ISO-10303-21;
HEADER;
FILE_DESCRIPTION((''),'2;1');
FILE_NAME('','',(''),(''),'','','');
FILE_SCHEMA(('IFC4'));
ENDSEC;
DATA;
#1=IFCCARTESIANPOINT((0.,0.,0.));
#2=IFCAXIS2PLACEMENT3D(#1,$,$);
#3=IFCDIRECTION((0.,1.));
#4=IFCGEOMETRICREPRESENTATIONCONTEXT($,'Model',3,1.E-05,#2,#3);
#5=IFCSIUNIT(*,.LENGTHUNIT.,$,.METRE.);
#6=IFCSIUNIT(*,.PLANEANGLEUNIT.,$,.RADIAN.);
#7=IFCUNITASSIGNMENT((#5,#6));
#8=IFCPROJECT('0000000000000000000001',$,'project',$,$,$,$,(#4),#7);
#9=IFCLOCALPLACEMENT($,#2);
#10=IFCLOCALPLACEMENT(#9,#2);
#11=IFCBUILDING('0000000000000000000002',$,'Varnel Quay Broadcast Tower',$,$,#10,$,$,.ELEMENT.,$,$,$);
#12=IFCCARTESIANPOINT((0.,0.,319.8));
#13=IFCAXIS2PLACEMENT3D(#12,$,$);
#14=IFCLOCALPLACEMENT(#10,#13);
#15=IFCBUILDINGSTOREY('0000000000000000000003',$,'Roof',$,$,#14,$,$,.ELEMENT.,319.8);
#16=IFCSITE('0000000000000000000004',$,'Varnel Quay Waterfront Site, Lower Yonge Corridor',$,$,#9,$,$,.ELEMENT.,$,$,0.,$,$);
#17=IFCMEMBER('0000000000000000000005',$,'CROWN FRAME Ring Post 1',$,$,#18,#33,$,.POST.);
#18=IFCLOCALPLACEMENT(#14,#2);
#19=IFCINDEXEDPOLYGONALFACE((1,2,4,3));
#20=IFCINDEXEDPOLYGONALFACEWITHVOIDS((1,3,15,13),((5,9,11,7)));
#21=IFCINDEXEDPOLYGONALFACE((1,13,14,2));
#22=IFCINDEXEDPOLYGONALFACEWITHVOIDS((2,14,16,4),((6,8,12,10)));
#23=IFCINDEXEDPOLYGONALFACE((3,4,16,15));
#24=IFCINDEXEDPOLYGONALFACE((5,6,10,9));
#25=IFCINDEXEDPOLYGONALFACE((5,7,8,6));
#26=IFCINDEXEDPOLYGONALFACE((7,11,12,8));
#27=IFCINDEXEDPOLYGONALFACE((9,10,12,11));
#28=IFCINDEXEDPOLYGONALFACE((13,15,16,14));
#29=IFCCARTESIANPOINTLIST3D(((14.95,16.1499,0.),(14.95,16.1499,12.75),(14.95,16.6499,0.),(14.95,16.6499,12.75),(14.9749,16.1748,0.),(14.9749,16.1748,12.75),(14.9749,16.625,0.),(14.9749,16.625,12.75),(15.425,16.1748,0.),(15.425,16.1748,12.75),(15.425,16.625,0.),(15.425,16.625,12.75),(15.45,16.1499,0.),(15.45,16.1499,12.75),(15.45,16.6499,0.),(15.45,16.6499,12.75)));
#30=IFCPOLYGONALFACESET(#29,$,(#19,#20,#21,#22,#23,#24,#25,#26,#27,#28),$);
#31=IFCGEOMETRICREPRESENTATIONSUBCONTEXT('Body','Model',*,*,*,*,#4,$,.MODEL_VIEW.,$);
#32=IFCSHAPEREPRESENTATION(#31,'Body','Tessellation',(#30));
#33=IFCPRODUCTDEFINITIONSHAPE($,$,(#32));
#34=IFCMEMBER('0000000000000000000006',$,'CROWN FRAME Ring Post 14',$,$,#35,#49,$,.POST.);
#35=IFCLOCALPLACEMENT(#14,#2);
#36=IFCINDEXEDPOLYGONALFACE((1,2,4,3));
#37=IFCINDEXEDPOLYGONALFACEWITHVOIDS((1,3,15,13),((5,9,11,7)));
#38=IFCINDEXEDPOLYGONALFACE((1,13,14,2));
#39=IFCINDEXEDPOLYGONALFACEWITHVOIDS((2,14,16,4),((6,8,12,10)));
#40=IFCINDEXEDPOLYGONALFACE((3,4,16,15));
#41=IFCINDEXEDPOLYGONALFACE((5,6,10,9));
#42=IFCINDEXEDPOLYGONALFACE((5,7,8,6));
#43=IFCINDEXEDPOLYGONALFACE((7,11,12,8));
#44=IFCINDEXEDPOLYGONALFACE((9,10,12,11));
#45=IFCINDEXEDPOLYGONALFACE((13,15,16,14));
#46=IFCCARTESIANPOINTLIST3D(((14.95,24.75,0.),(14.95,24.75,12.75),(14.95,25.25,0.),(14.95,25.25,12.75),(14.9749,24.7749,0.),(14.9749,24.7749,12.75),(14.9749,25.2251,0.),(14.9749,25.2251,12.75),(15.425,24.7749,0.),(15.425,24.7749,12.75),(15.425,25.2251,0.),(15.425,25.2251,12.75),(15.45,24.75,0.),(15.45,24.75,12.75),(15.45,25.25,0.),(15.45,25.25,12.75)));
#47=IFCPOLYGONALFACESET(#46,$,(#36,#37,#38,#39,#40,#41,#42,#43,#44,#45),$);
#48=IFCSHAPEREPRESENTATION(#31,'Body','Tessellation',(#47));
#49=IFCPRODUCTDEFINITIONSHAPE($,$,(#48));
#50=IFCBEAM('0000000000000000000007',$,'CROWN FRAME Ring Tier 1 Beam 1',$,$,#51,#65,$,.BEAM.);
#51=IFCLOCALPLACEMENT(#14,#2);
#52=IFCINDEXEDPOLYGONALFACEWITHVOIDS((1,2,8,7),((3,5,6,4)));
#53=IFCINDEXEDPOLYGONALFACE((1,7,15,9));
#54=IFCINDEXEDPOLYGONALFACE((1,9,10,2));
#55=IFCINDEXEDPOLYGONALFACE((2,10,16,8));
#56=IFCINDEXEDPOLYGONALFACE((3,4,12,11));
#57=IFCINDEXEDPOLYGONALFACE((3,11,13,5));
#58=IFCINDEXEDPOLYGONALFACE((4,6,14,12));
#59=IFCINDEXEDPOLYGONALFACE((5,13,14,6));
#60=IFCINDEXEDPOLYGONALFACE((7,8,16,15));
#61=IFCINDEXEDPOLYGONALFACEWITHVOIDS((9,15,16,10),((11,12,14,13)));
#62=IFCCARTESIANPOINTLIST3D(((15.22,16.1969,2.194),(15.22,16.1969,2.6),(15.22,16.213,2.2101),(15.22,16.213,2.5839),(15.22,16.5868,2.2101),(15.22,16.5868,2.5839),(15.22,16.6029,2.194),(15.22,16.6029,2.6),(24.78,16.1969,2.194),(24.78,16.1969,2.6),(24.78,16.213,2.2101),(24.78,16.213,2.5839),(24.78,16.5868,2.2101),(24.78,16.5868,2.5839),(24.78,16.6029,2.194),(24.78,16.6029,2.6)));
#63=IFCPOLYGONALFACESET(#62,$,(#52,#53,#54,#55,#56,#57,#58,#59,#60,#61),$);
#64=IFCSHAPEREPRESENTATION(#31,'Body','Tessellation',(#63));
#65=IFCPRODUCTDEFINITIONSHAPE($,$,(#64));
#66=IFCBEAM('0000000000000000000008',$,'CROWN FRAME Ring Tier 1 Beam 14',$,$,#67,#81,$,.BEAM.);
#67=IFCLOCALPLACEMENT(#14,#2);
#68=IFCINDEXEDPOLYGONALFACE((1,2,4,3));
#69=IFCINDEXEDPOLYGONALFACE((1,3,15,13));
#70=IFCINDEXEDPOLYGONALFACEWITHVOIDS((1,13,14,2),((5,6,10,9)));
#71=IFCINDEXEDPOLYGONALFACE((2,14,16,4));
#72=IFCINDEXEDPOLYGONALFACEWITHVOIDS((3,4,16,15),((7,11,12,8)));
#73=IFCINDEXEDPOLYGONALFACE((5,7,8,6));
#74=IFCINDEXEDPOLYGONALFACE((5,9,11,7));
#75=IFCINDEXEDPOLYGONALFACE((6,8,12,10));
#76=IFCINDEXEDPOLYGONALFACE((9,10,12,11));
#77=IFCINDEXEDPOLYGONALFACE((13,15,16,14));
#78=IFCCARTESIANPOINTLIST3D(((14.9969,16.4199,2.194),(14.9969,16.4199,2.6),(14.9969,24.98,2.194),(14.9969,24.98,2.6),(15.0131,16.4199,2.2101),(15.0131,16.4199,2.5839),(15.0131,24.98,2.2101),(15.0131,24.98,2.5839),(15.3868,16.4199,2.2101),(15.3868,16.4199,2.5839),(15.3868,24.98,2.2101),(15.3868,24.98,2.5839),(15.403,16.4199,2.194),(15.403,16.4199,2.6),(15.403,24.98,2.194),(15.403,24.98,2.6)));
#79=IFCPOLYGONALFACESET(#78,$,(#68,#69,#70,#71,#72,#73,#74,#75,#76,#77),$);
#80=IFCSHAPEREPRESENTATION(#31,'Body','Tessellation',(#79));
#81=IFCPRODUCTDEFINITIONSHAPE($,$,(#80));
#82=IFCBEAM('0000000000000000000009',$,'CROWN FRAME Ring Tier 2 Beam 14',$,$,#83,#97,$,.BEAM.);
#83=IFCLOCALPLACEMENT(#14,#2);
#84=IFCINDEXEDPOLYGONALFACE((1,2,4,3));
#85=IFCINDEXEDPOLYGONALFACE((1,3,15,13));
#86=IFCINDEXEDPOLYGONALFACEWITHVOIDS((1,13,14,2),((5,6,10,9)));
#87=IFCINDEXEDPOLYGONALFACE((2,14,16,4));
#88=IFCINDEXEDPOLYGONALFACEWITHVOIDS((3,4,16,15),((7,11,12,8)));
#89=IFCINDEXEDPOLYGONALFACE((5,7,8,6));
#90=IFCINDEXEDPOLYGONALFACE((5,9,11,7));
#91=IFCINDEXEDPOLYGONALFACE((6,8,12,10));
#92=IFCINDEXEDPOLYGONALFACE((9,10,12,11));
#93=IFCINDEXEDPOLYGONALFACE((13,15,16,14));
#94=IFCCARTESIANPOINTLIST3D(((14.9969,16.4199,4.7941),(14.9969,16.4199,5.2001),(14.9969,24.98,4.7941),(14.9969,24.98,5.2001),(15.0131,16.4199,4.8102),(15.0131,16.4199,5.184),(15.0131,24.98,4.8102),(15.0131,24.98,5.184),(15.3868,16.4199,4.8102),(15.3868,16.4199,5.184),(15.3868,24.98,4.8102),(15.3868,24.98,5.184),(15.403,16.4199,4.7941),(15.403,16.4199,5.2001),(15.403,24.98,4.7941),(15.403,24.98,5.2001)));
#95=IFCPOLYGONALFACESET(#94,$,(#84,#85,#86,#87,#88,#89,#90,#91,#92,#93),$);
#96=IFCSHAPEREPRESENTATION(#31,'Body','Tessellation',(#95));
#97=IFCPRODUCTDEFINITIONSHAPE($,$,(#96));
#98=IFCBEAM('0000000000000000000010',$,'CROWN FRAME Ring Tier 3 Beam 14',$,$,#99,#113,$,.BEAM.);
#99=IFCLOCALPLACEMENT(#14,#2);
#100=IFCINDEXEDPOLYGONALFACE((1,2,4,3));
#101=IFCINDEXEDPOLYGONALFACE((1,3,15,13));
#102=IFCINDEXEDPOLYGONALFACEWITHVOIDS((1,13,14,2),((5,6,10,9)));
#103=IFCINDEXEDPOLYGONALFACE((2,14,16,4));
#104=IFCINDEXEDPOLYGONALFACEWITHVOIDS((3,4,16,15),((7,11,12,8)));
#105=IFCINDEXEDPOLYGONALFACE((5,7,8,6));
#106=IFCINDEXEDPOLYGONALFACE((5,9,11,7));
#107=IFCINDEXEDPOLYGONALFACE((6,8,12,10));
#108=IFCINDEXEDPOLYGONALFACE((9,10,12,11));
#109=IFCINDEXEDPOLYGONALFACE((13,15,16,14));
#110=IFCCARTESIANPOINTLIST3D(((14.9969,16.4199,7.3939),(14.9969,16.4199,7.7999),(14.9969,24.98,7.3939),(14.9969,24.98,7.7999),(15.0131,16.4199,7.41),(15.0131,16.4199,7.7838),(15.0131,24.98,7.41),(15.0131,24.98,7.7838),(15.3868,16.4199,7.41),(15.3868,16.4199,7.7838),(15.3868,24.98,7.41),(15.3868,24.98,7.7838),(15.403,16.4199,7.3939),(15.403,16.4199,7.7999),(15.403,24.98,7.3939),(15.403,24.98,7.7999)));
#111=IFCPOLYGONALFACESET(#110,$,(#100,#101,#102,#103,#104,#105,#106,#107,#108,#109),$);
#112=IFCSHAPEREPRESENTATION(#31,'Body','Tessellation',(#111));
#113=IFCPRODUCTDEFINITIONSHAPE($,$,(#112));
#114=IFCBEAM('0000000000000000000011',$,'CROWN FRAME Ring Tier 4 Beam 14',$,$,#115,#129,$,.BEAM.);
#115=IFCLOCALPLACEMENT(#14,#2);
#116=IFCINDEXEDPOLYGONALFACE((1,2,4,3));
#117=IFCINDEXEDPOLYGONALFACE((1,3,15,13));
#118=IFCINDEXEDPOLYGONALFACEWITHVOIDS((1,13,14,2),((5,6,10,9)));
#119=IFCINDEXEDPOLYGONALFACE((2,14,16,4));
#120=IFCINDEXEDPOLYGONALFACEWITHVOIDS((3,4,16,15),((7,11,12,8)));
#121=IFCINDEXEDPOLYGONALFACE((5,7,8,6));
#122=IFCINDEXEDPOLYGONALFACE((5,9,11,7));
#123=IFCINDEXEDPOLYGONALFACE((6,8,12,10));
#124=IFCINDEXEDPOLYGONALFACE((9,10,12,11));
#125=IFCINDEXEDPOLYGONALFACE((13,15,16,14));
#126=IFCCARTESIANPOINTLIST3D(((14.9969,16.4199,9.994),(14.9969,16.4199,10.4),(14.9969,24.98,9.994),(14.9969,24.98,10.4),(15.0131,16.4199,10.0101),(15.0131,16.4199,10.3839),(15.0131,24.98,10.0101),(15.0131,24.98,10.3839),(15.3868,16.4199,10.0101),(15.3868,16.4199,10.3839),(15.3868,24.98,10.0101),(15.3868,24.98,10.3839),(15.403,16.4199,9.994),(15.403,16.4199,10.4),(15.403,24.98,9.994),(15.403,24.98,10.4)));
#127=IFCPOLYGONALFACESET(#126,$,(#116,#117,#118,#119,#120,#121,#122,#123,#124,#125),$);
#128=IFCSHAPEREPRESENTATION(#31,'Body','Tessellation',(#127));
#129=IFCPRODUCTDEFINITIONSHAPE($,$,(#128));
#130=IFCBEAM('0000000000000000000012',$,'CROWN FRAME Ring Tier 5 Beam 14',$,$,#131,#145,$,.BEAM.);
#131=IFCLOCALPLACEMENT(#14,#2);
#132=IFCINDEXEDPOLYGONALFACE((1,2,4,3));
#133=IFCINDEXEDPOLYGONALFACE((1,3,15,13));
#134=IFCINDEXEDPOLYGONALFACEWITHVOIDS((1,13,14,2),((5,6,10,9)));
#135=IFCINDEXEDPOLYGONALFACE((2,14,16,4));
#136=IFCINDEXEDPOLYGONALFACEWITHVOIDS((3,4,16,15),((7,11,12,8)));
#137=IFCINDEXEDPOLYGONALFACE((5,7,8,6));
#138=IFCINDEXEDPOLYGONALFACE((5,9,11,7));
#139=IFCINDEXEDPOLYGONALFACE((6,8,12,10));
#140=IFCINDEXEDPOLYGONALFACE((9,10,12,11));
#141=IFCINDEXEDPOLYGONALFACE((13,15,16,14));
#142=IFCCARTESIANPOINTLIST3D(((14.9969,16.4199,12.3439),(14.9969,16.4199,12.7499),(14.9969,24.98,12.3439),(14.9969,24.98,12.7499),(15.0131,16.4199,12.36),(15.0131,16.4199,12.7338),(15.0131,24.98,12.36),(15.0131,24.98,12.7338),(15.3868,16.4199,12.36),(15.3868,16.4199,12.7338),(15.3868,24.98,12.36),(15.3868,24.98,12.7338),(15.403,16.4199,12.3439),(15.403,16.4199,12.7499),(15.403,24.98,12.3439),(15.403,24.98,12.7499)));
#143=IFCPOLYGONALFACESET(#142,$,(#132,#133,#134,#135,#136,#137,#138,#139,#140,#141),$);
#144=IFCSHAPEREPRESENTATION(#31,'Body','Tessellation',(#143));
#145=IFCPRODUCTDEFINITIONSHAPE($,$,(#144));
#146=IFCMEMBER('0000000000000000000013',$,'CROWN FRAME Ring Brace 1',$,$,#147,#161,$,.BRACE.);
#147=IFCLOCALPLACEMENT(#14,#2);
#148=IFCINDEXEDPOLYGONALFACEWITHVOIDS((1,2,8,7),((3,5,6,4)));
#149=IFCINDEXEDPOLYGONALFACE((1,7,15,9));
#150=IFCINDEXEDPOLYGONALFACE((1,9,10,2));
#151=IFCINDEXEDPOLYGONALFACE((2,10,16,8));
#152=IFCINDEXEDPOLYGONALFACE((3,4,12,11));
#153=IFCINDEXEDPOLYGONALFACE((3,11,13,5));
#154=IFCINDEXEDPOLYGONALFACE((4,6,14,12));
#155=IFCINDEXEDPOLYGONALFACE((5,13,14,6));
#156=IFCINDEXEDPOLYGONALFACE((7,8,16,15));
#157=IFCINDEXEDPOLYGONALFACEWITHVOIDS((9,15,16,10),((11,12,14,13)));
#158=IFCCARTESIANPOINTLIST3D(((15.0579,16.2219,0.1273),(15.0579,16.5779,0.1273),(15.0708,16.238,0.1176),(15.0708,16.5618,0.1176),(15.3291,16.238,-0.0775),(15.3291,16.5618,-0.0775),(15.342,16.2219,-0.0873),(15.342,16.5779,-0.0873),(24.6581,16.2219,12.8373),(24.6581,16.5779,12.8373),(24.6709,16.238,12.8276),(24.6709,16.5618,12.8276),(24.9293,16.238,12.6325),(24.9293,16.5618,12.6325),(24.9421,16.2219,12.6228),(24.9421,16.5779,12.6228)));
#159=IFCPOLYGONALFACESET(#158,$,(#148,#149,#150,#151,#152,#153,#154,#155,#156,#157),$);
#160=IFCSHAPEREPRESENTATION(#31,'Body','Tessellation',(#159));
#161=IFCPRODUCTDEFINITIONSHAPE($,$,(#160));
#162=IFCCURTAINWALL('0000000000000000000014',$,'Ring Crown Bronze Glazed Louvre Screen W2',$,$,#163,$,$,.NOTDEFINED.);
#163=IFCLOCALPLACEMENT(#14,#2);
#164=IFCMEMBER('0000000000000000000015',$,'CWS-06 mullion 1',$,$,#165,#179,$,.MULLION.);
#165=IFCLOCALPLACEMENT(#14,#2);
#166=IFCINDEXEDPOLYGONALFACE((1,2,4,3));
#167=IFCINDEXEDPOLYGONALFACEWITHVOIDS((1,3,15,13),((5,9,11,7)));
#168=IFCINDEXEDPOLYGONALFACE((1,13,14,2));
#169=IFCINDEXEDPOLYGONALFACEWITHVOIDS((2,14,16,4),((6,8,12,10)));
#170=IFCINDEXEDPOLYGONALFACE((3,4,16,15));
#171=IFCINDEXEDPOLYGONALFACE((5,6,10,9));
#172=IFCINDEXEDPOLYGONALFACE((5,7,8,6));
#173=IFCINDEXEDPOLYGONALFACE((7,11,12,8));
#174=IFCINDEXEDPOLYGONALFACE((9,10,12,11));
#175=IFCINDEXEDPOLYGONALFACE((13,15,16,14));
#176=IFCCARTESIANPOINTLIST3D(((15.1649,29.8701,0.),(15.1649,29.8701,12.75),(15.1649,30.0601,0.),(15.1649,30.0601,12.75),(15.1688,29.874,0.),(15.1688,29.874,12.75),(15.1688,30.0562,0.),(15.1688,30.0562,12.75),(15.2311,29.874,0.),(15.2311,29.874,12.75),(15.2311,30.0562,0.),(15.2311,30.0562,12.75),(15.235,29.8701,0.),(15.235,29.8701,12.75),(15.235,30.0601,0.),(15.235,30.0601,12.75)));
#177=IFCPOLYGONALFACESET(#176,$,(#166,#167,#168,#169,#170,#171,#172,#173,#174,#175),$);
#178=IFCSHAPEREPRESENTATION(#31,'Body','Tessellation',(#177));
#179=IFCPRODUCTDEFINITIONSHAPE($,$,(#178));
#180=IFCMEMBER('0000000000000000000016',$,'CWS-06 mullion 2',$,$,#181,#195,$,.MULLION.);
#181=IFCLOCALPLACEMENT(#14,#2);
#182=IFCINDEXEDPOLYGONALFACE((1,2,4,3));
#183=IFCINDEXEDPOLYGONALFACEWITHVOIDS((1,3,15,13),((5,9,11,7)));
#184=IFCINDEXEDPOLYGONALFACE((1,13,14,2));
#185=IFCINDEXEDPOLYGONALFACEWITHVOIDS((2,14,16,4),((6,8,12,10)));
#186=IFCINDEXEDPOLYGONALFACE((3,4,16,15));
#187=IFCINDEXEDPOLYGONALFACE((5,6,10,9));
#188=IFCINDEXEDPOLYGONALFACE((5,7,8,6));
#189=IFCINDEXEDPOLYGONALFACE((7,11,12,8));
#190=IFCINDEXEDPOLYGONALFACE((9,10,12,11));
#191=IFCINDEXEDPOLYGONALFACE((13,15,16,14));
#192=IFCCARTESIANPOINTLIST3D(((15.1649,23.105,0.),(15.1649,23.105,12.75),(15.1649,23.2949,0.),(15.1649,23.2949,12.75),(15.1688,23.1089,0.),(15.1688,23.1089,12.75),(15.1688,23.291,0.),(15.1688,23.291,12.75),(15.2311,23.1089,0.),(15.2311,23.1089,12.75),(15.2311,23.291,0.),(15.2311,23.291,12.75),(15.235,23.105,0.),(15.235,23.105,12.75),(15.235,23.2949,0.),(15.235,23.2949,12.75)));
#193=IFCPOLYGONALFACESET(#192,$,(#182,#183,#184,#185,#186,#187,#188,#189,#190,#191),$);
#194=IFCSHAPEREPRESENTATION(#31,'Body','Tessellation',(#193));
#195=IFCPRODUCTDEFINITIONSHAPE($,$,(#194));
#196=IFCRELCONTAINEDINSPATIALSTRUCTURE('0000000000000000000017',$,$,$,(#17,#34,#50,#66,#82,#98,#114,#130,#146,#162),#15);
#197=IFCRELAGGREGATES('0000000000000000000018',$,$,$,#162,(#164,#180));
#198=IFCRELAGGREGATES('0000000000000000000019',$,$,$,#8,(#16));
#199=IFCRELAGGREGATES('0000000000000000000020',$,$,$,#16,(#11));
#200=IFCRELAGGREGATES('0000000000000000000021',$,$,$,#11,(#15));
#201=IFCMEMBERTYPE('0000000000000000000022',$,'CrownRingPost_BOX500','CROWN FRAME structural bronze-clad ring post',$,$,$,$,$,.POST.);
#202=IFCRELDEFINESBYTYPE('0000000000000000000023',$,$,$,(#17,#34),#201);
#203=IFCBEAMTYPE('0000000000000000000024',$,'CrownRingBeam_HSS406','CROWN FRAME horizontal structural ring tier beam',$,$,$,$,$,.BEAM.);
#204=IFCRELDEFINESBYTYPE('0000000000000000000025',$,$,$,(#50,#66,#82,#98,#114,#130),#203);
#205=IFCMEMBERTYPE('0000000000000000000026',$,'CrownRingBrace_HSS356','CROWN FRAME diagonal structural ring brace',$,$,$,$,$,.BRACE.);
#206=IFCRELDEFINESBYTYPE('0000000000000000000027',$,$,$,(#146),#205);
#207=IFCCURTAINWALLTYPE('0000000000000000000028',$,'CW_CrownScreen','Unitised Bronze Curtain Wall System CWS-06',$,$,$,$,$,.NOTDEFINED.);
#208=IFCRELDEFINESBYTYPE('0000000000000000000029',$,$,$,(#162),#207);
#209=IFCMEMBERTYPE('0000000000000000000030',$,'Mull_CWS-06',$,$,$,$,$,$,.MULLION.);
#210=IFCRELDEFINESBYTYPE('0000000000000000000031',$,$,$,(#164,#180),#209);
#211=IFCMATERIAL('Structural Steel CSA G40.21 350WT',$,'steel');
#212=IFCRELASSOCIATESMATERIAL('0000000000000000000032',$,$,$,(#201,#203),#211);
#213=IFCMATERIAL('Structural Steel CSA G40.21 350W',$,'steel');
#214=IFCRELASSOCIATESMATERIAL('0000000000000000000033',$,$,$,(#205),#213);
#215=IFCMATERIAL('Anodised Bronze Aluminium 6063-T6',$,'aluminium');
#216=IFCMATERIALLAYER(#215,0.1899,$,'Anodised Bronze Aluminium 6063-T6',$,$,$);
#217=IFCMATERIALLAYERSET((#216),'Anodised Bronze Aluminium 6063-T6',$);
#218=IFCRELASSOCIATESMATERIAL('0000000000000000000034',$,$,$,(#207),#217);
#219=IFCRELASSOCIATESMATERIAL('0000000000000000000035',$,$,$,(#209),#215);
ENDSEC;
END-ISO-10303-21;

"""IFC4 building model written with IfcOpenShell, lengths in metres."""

from ifc_helpers import new_model, si_unit, direction, frame, origin, origin_2d, place, context, subcontext, project, spatial, hollow_rectangle, extrude, source, transform, mapped, material, layer, layer_set, material_profile, profile_set, type_object, type_shapes, element, aggregate, save


model = new_model("IFC4")

# Units and contexts
model_context = context("Model", 3, precision=1e-05, world=origin(), true_north=direction((0.0, 1.0)))
body_context = subcontext(model_context, "Body", "Model", "MODEL_VIEW")
ifc_project = project(units=[si_unit("LENGTHUNIT", "METRE"), si_unit("PLANEANGLEUNIT", "RADIAN")], contexts=[model_context])

# Site, building, storey
site_placement = place(None, origin())
site = spatial("IfcSite", under=ifc_project, at=site_placement, Name="Varnel Quay Waterfront Site, Lower Yonge Corridor", CompositionType="ELEMENT", RefElevation=0.0)
building_placement = place(site_placement, origin())
building = spatial("IfcBuilding", under=site, at=building_placement, Name="Varnel Quay Broadcast Tower", CompositionType="ELEMENT")
storey_placement = place(building_placement, frame((0.0, 0.0, 319.8)))
storey = spatial("IfcBuildingStorey", under=building, at=storey_placement, Name="Roof", CompositionType="ELEMENT", Elevation=319.8)

# Members
ifc_material_1 = material(Name="Structural Steel CSA G40.21 350WT", Category="steel")
ifc_material_profile_1 = material_profile(ifc_material_1, hollow_rectangle(XDim=0.5, YDim=0.5, WallThickness=0.0249, at=origin_2d()), Name="BOX500X500X25")
ifc_profile_set_1 = profile_set([ifc_material_profile_1], Name="Structural Steel CSA G40.21 350WT")
member_type_1 = type_object("IfcMemberType", Name="CrownRingPost_BOX500", Description="CROWN FRAME structural bronze-clad ring post", PredefinedType="POST", material=ifc_profile_set_1)
shared_shape_1 = source(origin(), body_context, "Body", "SweptSolid", [
    extrude(hollow_rectangle(XDim=0.5, YDim=0.5, WallThickness=0.0249, at=origin_2d()), origin(), (0.0, 0.0, 1.0), 12.75),
])
type_shapes(member_type_1, [shared_shape_1])
for number, where, z_axis, x_axis, name in (
    (1, (15.2, 16.3999, 0.0), (0.0, 0.0, 1.0), (1.0, 0.0, 0.0), "CROWN FRAME Ring Post 1"),
    (2, (15.2, 25.0, 0.0), (0.0, 0.0, 1.0), (1.0, 0.0, 0.0), "CROWN FRAME Ring Post 14"),
):
    element("IfcMember", number, at=place(storey_placement, frame(where, z_axis=z_axis, x_axis=x_axis)), inside=storey, type_object=member_type_1, Name=name, PredefinedType="POST", context=body_context, shape_type="MappedRepresentation", body=[
        mapped(shared_shape_1, transform((0.0, 0.0, 0.0), x_axis=(1.0, 0.0, 0.0), y_axis=(0.0, 1.0, 0.0), z_axis=(0.0, 0.0, 1.0), scale=1.0)),
    ])

# Beams
ifc_material_profile_2 = material_profile(ifc_material_1, hollow_rectangle(XDim=0.406, YDim=0.406, WallThickness=0.0161, at=origin_2d()), Name="HSS406X406X16")
ifc_profile_set_2 = profile_set([ifc_material_profile_2], Name="Structural Steel CSA G40.21 350WT")
beam_type = type_object("IfcBeamType", Name="CrownRingBeam_HSS406", Description="CROWN FRAME horizontal structural ring tier beam", PredefinedType="BEAM", material=ifc_profile_set_2)
shared_shape_2 = source(origin(), body_context, "Body", "SweptSolid", [
    extrude(hollow_rectangle(XDim=0.406, YDim=0.406, WallThickness=0.0161, at=origin_2d()), origin(), (0.0, 0.0, 1.0), 9.5601),
])
beam_placement = place(storey_placement, frame((15.22, 16.3999, 2.397), z_axis=(1.0, 0.0, 0.0), x_axis=(0.0, 1.0, 0.0)))
element("IfcBeam", 3, at=beam_placement, inside=storey, type_object=beam_type, Name="CROWN FRAME Ring Tier 1 Beam 1", PredefinedType="BEAM", context=body_context, shape_type="MappedRepresentation", body=[
    mapped(shared_shape_2, transform((0.0, 0.0, 0.0), x_axis=(1.0, 0.0, 0.0), y_axis=(0.0, 1.0, 0.0), z_axis=(0.0, 0.0, 1.0), scale=1.0)),
])
shared_shape_3 = source(origin(), body_context, "Body", "SweptSolid", [
    extrude(hollow_rectangle(XDim=0.406, YDim=0.406, WallThickness=0.0161, at=origin_2d()), origin(), (0.0, 0.0, 1.0), 8.5601),
])
type_shapes(beam_type, [shared_shape_2, shared_shape_3])
for number, where, z_axis, x_axis, name in (
    (4, (15.2, 24.98, 2.397), (0.0, -1.0, 0.0), (1.0, 0.0, 0.0), "CROWN FRAME Ring Tier 1 Beam 14"),
    (5, (15.2, 24.98, 4.9971), (0.0, -1.0, 0.0), (1.0, 0.0, 0.0), "CROWN FRAME Ring Tier 2 Beam 14"),
    (6, (15.2, 24.98, 7.5969), (0.0, -1.0, 0.0), (1.0, 0.0, 0.0), "CROWN FRAME Ring Tier 3 Beam 14"),
    (7, (15.2, 24.98, 10.197), (0.0, -1.0, 0.0), (1.0, 0.0, 0.0), "CROWN FRAME Ring Tier 4 Beam 14"),
    (8, (15.2, 24.98, 12.5469), (0.0, -1.0, 0.0), (1.0, 0.0, 0.0), "CROWN FRAME Ring Tier 5 Beam 14"),
):
    element("IfcBeam", number, at=place(storey_placement, frame(where, z_axis=z_axis, x_axis=x_axis)), inside=storey, type_object=beam_type, Name=name, PredefinedType="BEAM", context=body_context, shape_type="MappedRepresentation", body=[
        mapped(shared_shape_3, transform((0.0, 0.0, 0.0), x_axis=(1.0, 0.0, 0.0), y_axis=(0.0, 1.0, 0.0), z_axis=(0.0, 0.0, 1.0), scale=1.0)),
    ])

# Member
ifc_material_2 = material(Name="Structural Steel CSA G40.21 350W", Category="steel")
ifc_material_profile_3 = material_profile(ifc_material_2, hollow_rectangle(XDim=0.356, YDim=0.356, WallThickness=0.0161, at=origin_2d()), Name="HSS356X356X16")
ifc_profile_set_3 = profile_set([ifc_material_profile_3], Name="Structural Steel CSA G40.21 350W")
member_type_2 = type_object("IfcMemberType", Name="CrownRingBrace_HSS356", Description="CROWN FRAME diagonal structural ring brace", PredefinedType="BRACE", material=ifc_profile_set_3)
shared_shape_4 = source(origin(), body_context, "Body", "SweptSolid", [
    extrude(hollow_rectangle(XDim=0.356, YDim=0.356, WallThickness=0.0161, at=origin_2d()), origin(), (0.0, 0.0, 1.0), 15.9282),
])
type_shapes(member_type_2, [shared_shape_4])
member_1_placement = place(storey_placement, frame((15.2, 16.3999, 0.02), z_axis=(0.602714, 0.0, 0.797957), x_axis=(0.0, 1.0, 0.0)))
element("IfcMember", 9, at=member_1_placement, inside=storey, type_object=member_type_2, Name="CROWN FRAME Ring Brace 1", PredefinedType="BRACE", context=body_context, shape_type="MappedRepresentation", body=[
    mapped(shared_shape_4, transform((0.0, 0.0, 0.0), x_axis=(1.0, 0.0, 0.0), y_axis=(0.0, 1.0, 0.0), z_axis=(0.0, 0.0, 1.0), scale=1.0)),
])

# Curtain wall, members
ifc_material_3 = material(Name="Anodised Bronze Aluminium 6063-T6", Category="aluminium")
ifc_layer_1 = layer(ifc_material_3, 0.1899, Name="Anodised Bronze Aluminium 6063-T6")
ifc_layer_set_1 = layer_set([ifc_layer_1], Name="Anodised Bronze Aluminium 6063-T6")
curtain_wall_type = type_object("IfcCurtainWallType", Name="CW_CrownScreen", Description="Unitised Bronze Curtain Wall System CWS-06", PredefinedType="NOTDEFINED", material=ifc_layer_set_1)
curtain_wall_placement = place(storey_placement, origin())
curtain_wall = element("IfcCurtainWall", 10, at=curtain_wall_placement, inside=storey, type_object=curtain_wall_type, Name="Ring Crown Bronze Glazed Louvre Screen W2", PredefinedType="NOTDEFINED")
ifc_material_profile_4 = material_profile(ifc_material_3, hollow_rectangle(XDim=0.0701, YDim=0.1899, WallThickness=0.0039, at=origin_2d()), Name="ALU70X190X4")
ifc_profile_set_4 = profile_set([ifc_material_profile_4], Name="Anodised Bronze Aluminium 6063-T6")
member_type_3 = type_object("IfcMemberType", Name="Mull_CWS-06", PredefinedType="MULLION", material=ifc_profile_set_4)
shared_shape_5 = source(origin(), body_context, "Body", "SweptSolid", [
    extrude(hollow_rectangle(XDim=0.0701, YDim=0.1899, WallThickness=0.0039, at=origin_2d()), origin(), (0.0, 0.0, 1.0), 12.75),
])
type_shapes(member_type_3, [shared_shape_5])
member_2_placement = place(storey_placement, frame((15.2, 29.9651, 0.0), z_axis=(0.0, 0.0, 1.0), x_axis=(1.0, 0.0, 0.0)))
member_2 = element("IfcMember", 11, at=member_2_placement, type_object=member_type_3, Name="CWS-06 mullion 1", PredefinedType="MULLION", context=body_context, shape_type="MappedRepresentation", body=[
    mapped(shared_shape_5, transform((0.0, 0.0, 0.0), x_axis=(1.0, 0.0, 0.0), y_axis=(0.0, 1.0, 0.0), z_axis=(0.0, 0.0, 1.0), scale=1.0)),
])
member_3_placement = place(storey_placement, frame((15.2, 23.2, 0.0), z_axis=(0.0, 0.0, 1.0), x_axis=(1.0, 0.0, 0.0)))
member_3 = element("IfcMember", 12, at=member_3_placement, type_object=member_type_3, Name="CWS-06 mullion 2", PredefinedType="MULLION", context=body_context, shape_type="MappedRepresentation", body=[
    mapped(shared_shape_5, transform((0.0, 0.0, 0.0), x_axis=(1.0, 0.0, 0.0), y_axis=(0.0, 1.0, 0.0), z_axis=(0.0, 0.0, 1.0), scale=1.0)),
])

aggregate(curtain_wall, [member_2, member_3])

save(model, "model.ifc")
